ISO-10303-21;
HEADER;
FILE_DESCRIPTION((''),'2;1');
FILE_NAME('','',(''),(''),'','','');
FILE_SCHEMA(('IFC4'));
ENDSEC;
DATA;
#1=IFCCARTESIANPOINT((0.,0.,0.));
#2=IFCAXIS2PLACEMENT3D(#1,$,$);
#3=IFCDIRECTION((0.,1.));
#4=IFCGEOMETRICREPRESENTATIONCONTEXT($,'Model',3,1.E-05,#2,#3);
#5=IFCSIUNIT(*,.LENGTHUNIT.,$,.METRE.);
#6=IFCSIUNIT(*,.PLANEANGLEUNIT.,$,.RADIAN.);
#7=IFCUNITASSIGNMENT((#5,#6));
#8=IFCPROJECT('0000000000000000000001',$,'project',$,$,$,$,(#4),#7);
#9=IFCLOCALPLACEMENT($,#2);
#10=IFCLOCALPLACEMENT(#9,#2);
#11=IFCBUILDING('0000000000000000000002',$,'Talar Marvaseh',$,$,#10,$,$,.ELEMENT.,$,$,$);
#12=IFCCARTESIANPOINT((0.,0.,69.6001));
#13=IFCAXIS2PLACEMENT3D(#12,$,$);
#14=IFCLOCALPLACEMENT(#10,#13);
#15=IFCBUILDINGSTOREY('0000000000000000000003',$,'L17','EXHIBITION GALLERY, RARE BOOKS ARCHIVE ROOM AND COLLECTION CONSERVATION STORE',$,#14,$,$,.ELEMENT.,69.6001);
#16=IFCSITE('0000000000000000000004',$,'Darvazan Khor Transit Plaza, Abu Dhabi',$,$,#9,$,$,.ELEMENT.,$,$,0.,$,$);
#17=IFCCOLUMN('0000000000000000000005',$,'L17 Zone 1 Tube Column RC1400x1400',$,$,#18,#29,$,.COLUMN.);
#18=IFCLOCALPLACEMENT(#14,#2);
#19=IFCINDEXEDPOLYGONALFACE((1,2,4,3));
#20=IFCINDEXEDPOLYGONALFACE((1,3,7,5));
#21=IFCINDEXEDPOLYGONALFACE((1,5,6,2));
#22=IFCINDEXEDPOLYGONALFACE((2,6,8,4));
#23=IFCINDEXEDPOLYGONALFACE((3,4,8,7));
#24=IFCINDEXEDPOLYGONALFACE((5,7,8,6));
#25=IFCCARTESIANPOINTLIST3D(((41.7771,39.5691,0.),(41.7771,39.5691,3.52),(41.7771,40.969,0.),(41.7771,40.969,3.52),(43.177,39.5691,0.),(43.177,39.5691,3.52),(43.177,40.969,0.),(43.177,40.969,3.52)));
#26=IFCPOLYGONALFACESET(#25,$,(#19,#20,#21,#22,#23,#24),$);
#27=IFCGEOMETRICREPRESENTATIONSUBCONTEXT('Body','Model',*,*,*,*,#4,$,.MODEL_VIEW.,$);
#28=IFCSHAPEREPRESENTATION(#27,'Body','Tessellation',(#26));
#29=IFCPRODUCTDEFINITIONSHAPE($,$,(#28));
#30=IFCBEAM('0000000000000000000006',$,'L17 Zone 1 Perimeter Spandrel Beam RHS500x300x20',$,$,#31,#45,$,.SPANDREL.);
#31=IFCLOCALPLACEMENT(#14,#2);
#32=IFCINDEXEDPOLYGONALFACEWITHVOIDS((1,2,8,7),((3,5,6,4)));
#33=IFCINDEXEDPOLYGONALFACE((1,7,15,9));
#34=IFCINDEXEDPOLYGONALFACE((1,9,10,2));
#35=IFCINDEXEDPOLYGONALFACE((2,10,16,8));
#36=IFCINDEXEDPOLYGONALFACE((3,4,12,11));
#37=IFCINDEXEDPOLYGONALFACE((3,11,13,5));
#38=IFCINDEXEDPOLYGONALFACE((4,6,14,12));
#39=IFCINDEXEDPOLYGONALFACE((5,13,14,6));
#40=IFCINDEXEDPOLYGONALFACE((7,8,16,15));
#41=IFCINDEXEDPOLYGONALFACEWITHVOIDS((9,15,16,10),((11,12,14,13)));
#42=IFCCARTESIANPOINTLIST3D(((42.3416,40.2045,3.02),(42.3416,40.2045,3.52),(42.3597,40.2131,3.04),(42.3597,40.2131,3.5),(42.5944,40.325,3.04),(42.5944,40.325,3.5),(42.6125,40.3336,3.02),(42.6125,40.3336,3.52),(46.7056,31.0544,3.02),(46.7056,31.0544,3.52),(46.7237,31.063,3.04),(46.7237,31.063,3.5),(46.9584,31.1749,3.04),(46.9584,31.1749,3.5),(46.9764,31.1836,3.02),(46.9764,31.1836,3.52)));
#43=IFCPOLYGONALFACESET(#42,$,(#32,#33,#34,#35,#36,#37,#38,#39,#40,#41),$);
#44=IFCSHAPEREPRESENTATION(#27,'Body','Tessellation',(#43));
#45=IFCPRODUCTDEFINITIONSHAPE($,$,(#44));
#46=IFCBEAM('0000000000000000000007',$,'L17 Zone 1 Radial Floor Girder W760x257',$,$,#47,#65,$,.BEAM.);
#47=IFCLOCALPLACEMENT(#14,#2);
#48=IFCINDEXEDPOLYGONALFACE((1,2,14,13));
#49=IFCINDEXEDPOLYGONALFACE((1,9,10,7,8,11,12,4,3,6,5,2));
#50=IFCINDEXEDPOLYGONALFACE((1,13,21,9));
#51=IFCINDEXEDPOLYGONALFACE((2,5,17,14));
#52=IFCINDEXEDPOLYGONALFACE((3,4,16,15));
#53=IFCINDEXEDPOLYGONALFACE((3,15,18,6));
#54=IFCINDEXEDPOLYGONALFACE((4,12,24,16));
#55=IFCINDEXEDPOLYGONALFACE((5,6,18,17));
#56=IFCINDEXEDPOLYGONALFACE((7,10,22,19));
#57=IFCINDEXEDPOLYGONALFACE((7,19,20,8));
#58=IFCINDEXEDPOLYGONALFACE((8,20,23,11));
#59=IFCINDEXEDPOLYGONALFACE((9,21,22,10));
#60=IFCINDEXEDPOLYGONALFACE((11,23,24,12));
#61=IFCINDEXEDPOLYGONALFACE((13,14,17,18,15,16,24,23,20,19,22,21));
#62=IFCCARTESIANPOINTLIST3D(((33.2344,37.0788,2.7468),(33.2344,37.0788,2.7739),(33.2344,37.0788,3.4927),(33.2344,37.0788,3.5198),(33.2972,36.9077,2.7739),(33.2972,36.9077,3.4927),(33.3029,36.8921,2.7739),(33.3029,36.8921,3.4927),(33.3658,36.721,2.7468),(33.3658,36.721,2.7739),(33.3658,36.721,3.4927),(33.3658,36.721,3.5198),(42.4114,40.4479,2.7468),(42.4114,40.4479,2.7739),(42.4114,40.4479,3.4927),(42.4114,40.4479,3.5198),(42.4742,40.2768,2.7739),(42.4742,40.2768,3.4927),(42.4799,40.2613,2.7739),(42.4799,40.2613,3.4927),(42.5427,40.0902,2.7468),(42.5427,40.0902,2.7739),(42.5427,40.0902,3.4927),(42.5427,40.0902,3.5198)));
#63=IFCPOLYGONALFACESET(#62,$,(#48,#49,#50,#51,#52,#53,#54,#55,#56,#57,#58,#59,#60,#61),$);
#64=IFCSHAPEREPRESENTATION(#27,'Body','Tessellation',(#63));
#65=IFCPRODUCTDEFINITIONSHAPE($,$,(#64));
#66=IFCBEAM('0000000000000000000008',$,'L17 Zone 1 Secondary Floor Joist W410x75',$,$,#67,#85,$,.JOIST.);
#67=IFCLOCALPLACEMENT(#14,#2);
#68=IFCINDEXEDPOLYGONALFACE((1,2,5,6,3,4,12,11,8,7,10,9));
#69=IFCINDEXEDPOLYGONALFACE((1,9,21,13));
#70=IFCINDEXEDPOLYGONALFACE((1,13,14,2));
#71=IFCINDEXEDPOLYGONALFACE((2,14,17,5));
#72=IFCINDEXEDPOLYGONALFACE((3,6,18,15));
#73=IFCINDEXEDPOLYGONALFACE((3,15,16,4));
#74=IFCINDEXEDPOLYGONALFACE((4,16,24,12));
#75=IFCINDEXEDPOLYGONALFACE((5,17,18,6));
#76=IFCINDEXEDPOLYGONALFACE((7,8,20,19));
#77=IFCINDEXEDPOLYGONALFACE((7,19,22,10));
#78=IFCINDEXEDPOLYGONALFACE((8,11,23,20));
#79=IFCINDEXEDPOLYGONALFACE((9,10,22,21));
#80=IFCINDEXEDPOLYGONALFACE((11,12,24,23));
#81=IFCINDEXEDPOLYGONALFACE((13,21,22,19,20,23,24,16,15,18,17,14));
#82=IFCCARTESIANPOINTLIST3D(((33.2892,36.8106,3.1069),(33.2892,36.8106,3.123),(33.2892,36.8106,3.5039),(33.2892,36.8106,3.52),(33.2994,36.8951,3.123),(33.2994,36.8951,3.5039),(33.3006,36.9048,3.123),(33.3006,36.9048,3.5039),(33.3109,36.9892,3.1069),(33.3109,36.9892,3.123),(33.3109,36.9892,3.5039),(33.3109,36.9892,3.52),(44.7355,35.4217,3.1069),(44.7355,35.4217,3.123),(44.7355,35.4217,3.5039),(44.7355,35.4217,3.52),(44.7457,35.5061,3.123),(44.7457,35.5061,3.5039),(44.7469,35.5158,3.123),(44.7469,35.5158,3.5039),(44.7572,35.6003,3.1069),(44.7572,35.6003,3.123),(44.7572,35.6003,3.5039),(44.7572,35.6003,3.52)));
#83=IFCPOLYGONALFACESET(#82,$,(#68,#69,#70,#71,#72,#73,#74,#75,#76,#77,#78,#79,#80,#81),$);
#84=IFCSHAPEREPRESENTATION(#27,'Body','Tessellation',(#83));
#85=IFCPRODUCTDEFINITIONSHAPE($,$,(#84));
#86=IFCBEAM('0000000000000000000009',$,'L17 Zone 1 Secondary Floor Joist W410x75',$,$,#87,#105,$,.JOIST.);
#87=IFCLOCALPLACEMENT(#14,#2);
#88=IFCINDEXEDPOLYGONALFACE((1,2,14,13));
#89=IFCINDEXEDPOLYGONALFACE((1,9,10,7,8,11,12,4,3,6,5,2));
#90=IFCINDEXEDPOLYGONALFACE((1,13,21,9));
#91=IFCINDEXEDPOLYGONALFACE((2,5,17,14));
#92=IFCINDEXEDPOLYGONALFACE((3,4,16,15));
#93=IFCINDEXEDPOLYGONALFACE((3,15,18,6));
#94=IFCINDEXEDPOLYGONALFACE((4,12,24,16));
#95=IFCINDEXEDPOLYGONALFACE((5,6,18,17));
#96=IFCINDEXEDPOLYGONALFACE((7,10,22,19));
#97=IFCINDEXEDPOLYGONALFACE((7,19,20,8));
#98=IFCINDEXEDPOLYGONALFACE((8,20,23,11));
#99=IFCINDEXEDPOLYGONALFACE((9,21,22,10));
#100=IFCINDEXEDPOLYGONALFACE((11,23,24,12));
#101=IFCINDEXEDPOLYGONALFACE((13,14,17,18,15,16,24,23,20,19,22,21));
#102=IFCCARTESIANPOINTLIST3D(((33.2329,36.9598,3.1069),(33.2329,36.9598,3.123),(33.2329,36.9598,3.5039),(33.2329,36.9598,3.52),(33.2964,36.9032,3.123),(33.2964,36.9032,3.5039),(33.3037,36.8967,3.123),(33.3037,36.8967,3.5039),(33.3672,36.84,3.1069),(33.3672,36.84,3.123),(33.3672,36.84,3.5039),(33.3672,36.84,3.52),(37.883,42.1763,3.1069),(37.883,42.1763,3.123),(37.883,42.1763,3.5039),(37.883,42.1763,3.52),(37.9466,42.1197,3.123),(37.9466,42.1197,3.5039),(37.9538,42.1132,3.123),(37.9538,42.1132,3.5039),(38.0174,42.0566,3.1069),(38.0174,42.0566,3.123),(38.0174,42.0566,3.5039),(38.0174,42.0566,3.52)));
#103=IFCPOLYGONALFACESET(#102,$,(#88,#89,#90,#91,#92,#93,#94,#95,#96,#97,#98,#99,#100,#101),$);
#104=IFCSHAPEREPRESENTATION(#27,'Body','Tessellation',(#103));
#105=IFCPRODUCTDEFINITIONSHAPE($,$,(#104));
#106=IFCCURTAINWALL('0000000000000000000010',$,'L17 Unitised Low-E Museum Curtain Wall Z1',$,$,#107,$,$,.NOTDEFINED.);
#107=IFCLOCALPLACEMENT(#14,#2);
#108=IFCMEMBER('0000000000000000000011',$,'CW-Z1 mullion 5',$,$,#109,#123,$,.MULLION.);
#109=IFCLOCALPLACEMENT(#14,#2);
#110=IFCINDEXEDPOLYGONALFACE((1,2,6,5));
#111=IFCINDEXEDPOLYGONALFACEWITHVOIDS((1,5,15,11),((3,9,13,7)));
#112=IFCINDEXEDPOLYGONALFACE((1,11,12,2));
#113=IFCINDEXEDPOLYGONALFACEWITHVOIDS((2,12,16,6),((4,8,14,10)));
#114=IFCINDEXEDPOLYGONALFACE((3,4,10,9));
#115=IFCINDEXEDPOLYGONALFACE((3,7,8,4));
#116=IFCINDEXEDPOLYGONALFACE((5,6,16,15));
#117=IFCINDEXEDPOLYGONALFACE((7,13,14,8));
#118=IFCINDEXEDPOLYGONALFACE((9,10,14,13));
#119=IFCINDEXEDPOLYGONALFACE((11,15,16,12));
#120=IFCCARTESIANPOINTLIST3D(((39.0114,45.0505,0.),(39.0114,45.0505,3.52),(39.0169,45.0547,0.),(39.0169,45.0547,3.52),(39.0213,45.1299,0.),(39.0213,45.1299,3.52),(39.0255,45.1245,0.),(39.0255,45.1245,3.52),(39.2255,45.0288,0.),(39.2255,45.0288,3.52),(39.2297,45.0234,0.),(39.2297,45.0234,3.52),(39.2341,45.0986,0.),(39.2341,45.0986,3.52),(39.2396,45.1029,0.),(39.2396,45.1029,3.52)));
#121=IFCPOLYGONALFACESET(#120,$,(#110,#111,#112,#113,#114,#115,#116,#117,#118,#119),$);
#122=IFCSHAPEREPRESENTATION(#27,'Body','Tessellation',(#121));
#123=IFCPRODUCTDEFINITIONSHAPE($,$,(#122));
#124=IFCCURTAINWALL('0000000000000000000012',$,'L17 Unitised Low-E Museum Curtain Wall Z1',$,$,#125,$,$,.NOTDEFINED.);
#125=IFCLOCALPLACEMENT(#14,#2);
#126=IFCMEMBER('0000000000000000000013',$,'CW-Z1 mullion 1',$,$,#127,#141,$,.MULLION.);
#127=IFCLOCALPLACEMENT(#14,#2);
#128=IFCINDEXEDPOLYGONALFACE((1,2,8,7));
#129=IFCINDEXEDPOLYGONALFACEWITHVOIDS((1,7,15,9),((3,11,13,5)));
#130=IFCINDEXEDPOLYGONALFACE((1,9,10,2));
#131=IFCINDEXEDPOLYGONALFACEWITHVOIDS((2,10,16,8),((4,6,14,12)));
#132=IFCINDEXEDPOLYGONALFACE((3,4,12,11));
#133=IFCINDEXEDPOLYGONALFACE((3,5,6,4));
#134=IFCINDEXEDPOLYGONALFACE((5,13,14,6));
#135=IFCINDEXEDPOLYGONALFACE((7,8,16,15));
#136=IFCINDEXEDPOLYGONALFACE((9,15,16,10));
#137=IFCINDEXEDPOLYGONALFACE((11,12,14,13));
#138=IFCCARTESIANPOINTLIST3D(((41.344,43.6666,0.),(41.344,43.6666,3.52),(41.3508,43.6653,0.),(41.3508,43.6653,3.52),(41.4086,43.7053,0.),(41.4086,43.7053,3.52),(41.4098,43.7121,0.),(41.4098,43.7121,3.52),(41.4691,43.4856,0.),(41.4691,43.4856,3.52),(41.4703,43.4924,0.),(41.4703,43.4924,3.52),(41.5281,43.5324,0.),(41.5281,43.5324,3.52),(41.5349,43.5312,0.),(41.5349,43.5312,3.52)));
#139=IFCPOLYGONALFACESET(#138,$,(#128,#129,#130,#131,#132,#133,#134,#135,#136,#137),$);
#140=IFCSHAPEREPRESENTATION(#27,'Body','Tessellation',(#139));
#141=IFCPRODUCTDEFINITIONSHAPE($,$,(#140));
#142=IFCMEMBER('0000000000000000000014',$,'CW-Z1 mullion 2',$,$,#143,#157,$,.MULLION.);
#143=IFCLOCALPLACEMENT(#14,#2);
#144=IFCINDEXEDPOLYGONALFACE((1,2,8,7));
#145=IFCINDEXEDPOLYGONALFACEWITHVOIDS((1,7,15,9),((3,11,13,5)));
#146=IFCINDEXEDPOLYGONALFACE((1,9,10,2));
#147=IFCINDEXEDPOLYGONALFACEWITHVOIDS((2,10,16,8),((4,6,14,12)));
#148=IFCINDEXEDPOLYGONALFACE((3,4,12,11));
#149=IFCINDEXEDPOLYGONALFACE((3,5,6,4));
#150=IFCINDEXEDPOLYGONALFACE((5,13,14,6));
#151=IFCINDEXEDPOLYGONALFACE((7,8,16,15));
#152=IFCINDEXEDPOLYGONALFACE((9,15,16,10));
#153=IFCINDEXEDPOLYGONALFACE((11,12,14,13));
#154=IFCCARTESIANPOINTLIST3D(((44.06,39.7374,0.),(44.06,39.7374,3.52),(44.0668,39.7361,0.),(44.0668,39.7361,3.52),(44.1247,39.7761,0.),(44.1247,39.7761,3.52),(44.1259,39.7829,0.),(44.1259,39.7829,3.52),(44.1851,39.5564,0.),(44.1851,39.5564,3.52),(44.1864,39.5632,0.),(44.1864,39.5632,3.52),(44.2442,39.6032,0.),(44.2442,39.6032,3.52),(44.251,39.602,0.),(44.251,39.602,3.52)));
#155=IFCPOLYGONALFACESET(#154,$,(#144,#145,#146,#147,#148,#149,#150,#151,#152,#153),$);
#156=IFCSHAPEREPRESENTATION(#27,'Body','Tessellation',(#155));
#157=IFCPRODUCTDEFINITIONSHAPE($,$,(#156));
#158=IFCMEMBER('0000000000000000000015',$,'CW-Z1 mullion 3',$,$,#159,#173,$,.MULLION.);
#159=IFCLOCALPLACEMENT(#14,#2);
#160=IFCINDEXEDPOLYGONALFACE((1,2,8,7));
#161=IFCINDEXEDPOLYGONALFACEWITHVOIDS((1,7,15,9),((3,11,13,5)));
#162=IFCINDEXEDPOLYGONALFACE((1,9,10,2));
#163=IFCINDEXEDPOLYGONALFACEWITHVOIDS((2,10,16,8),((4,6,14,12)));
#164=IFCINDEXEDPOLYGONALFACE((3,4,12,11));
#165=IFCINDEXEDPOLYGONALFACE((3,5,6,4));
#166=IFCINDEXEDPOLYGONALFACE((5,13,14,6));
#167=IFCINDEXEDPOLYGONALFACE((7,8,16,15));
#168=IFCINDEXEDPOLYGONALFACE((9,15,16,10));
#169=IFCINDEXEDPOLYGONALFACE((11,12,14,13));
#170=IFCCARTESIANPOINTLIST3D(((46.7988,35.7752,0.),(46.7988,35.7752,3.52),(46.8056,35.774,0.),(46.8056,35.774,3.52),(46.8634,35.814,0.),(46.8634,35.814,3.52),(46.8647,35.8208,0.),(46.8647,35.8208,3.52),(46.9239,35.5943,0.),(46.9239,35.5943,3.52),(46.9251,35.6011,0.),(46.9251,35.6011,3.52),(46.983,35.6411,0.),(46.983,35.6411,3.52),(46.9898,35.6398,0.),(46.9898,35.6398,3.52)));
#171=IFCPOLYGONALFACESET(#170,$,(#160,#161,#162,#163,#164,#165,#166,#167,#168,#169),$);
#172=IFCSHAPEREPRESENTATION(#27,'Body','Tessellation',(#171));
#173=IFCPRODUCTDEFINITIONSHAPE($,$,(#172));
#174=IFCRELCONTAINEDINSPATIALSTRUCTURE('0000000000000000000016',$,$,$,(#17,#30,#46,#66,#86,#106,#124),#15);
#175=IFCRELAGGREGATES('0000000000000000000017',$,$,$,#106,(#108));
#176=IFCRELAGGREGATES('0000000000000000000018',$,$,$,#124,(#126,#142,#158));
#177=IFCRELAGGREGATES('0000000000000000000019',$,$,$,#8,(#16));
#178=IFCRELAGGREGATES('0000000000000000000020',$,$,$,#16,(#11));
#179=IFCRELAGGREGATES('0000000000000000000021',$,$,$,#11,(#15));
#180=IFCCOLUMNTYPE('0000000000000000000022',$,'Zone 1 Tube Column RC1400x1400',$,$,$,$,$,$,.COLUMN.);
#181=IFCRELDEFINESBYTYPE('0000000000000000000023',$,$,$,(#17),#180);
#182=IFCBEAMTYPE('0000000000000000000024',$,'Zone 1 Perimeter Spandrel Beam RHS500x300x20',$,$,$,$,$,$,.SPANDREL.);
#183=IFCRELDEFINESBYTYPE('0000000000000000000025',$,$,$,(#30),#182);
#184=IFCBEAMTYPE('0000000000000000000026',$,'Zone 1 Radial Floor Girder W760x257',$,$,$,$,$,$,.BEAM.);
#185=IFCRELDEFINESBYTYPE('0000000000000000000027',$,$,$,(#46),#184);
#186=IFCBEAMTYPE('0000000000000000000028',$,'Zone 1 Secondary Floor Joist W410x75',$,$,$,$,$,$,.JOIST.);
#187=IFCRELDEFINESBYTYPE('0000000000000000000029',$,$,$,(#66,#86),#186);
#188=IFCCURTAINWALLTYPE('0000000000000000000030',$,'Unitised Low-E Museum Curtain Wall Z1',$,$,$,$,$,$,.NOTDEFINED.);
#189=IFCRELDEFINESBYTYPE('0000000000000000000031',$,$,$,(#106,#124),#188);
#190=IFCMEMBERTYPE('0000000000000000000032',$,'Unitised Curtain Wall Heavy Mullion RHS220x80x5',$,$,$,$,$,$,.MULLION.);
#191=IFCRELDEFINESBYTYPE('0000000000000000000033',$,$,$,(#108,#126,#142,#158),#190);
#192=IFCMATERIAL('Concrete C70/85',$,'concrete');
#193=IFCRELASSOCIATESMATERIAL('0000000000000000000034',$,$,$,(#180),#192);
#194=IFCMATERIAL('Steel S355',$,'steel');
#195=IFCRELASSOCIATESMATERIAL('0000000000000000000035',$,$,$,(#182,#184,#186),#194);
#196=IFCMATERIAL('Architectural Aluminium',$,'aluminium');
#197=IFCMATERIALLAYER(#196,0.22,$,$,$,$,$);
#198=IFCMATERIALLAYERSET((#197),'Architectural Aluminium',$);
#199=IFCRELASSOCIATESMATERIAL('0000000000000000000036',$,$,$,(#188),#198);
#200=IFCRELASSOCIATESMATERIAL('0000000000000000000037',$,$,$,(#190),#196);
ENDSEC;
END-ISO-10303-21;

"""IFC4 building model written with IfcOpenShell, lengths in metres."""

from ifc_helpers import new_model, si_unit, direction, frame, origin, origin_2d, place, context, subcontext, project, spatial, rectangle, hollow_rectangle, i_section, extrude, source, transform, mapped, material, layer, layer_set, material_profile, profile_set, type_object, type_shapes, element, aggregate, save


model = new_model("IFC4")

# Units and contexts
model_context = context("Model", 3, precision=1e-05, world=origin(), true_north=direction((0.0, 1.0)))
body_context = subcontext(model_context, "Body", "Model", "MODEL_VIEW")
ifc_project = project(units=[si_unit("LENGTHUNIT", "METRE"), si_unit("PLANEANGLEUNIT", "RADIAN")], contexts=[model_context])

# Site, building, storey
site_placement = place(None, origin())
site = spatial("IfcSite", under=ifc_project, at=site_placement, Name="Darvazan Khor Transit Plaza, Abu Dhabi", CompositionType="ELEMENT", RefElevation=0.0)
building_placement = place(site_placement, origin())
building = spatial("IfcBuilding", under=site, at=building_placement, Name="Talar Marvaseh", CompositionType="ELEMENT")
storey_placement = place(building_placement, frame((0.0, 0.0, 69.6001)))
storey = spatial("IfcBuildingStorey", under=building, at=storey_placement, Name="L17", Description="EXHIBITION GALLERY, RARE BOOKS ARCHIVE ROOM AND COLLECTION CONSERVATION STORE", CompositionType="ELEMENT", Elevation=69.6001)

# Column
ifc_material_1 = material(Name="Concrete C70/85", Category="concrete")
ifc_material_profile_1 = material_profile(ifc_material_1, rectangle(XDim=1.3999, YDim=1.3999, at=origin_2d()), Name="RC1400x1400")
ifc_profile_set_1 = profile_set([ifc_material_profile_1], Name="Concrete C70/85")
column_type = type_object("IfcColumnType", Name="Zone 1 Tube Column RC1400x1400", PredefinedType="COLUMN", material=ifc_profile_set_1)
column_placement = place(storey_placement, frame((42.4771, 40.269, 0.0), z_axis=(0.0, 0.0, 1.0), x_axis=(1.0, 0.0, 0.0)))
element("IfcColumn", 1, at=column_placement, inside=storey, type_object=column_type, Name="L17 Zone 1 Tube Column RC1400x1400", PredefinedType="COLUMN", context=body_context, shape_type="SweptSolid", body=[
    extrude(rectangle(XDim=1.3999, YDim=1.3999, at=origin_2d()), origin(), (0.0, 0.0, 1.0), 3.52),
])

# Beams
ifc_material_2 = material(Name="Steel S355", Category="steel")
ifc_material_profile_2 = material_profile(ifc_material_2, hollow_rectangle(XDim=0.3, YDim=0.5, WallThickness=0.02, at=origin_2d()), Name="RHS500x300x20")
ifc_profile_set_2 = profile_set([ifc_material_profile_2], Name="Steel S355")
beam_type_1 = type_object("IfcBeamType", Name="Zone 1 Perimeter Spandrel Beam RHS500x300x20", PredefinedType="SPANDREL", material=ifc_profile_set_2)
beam_1_placement = place(storey_placement, frame((42.4771, 40.269, 3.27), z_axis=(0.43048, -0.9026, 0.0), x_axis=(0.9026, 0.43048, 0.0)))
element("IfcBeam", 2, at=beam_1_placement, inside=storey, type_object=beam_type_1, Name="L17 Zone 1 Perimeter Spandrel Beam RHS500x300x20", PredefinedType="SPANDREL", context=body_context, shape_type="SweptSolid", body=[
    extrude(hollow_rectangle(XDim=0.3, YDim=0.5, WallThickness=0.02, at=origin_2d()), origin(), (0.0, 0.0, 1.0), 10.1375),
])
ifc_material_profile_3 = material_profile(ifc_material_2, i_section(OverallWidth=0.3811, OverallDepth=0.7729, WebThickness=0.0166, FlangeThickness=0.0271, at=origin_2d()), Name="W760x257")
ifc_profile_set_3 = profile_set([ifc_material_profile_3], Name="Steel S355")
beam_type_2 = type_object("IfcBeamType", Name="Zone 1 Radial Floor Girder W760x257", PredefinedType="BEAM", material=ifc_profile_set_3)
beam_2_placement = place(storey_placement, frame((42.4771, 40.269, 3.1333), z_axis=(-0.938736, -0.344637, 0.0), x_axis=(0.344637, -0.938736, 0.0)))
element("IfcBeam", 3, at=beam_2_placement, inside=storey, type_object=beam_type_2, Name="L17 Zone 1 Radial Floor Girder W760x257", PredefinedType="BEAM", context=body_context, shape_type="SweptSolid", body=[
    extrude(i_section(OverallWidth=0.3811, OverallDepth=0.7729, WebThickness=0.0166, FlangeThickness=0.0271, at=origin_2d()), origin(), (0.0, 0.0, 1.0), 9.7759),
])
ifc_material_profile_4 = material_profile(ifc_material_2, i_section(OverallWidth=0.1799, OverallDepth=0.4131, WebThickness=0.0098, FlangeThickness=0.0161, at=origin_2d()), Name="W410x75")
ifc_profile_set_4 = profile_set([ifc_material_profile_4], Name="Steel S355")
beam_type_3 = type_object("IfcBeamType", Name="Zone 1 Secondary Floor Joist W410x75", PredefinedType="JOIST", material=ifc_profile_set_4)
beam_3_placement = place(storey_placement, frame((44.7463, 35.511, 3.3135), z_axis=(-0.992718, 0.120458, 0.0), x_axis=(-0.120458, -0.992718, 0.0)))
element("IfcBeam", 4, at=beam_3_placement, inside=storey, type_object=beam_type_3, Name="L17 Zone 1 Secondary Floor Joist W410x75", PredefinedType="JOIST", context=body_context, shape_type="SweptSolid", body=[
    extrude(i_section(OverallWidth=0.1799, OverallDepth=0.4131, WebThickness=0.0098, FlangeThickness=0.0161, at=origin_2d()), origin(), (0.0, 0.0, 1.0), 11.5303),
])
beam_4_placement = place(storey_placement, frame((37.9502, 42.1165, 3.3135), z_axis=(-0.665419, -0.74647, 0.0), x_axis=(0.74647, -0.665419, 0.0)))
element("IfcBeam", 5, at=beam_4_placement, inside=storey, type_object=beam_type_3, Name="L17 Zone 1 Secondary Floor Joist W410x75", PredefinedType="JOIST", context=body_context, shape_type="SweptSolid", body=[
    extrude(i_section(OverallWidth=0.1799, OverallDepth=0.4131, WebThickness=0.0098, FlangeThickness=0.0161, at=origin_2d()), origin(), (0.0, 0.0, 1.0), 6.9883),
])

# Curtain wall, member
ifc_material_3 = material(Name="Architectural Aluminium", Category="aluminium")
ifc_layer_1 = layer(ifc_material_3, 0.22)
ifc_layer_set_1 = layer_set([ifc_layer_1], Name="Architectural Aluminium")
curtain_wall_type = type_object("IfcCurtainWallType", Name="Unitised Low-E Museum Curtain Wall Z1", PredefinedType="NOTDEFINED", material=ifc_layer_set_1)
curtain_wall_1_placement = place(storey_placement, origin())
curtain_wall_1 = element("IfcCurtainWall", 6, at=curtain_wall_1_placement, inside=storey, type_object=curtain_wall_type, Name="L17 Unitised Low-E Museum Curtain Wall Z1", PredefinedType="NOTDEFINED")
ifc_material_profile_5 = material_profile(ifc_material_3, hollow_rectangle(XDim=0.0801, YDim=0.22, WallThickness=0.0049, at=origin_2d()), Name="RHS220x80x5")
ifc_profile_set_5 = profile_set([ifc_material_profile_5], Name="Architectural Aluminium")
member_type_1 = type_object("IfcMemberType", Name="Unitised Curtain Wall Heavy Mullion RHS220x80x5", PredefinedType="MULLION", material=ifc_profile_set_5)
shared_shape_1 = source(origin(), body_context, "Body", "SweptSolid", [
    extrude(hollow_rectangle(XDim=0.0801, YDim=0.22, WallThickness=0.0049, at=origin_2d()), origin(), (0.0, 0.0, 1.0), 3.52),
])
type_shapes(member_type_1, [shared_shape_1])
member_1_placement = place(storey_placement, frame((39.1255, 45.0767, 0.0), z_axis=(0.0, 0.0, 1.0), x_axis=(0.123049, 0.992401, 0.0)))
member_1 = element("IfcMember", 7, at=member_1_placement, type_object=member_type_1, Name="CW-Z1 mullion 5", PredefinedType="MULLION", context=body_context, shape_type="MappedRepresentation", body=[
    mapped(shared_shape_1, transform((0.0, 0.0, 0.0), x_axis=(1.0, 0.0, 0.0), y_axis=(0.0, 1.0, 0.0), z_axis=(0.0, 0.0, 1.0), scale=1.0)),
])
aggregate(curtain_wall_1, [member_1])

# Curtain wall, members
curtain_wall_2_placement = place(storey_placement, origin())
curtain_wall_2 = element("IfcCurtainWall", 8, at=curtain_wall_2_placement, inside=storey, type_object=curtain_wall_type, Name="L17 Unitised Low-E Museum Curtain Wall Z1", PredefinedType="NOTDEFINED")
member_2_placement = place(storey_placement, frame((41.4395, 43.5989, 0.0), z_axis=(0.0, 0.0, 1.0), x_axis=(0.822603, 0.568617, 0.0)))
member_2 = element("IfcMember", 9, at=member_2_placement, type_object=member_type_1, Name="CW-Z1 mullion 1", PredefinedType="MULLION", context=body_context, shape_type="MappedRepresentation", body=[
    mapped(shared_shape_1, transform((0.0, 0.0, 0.0), x_axis=(1.0, 0.0, 0.0), y_axis=(0.0, 1.0, 0.0), z_axis=(0.0, 0.0, 1.0), scale=1.0)),
])
member_3_placement = place(storey_placement, frame((44.1555, 39.6697, 0.0), z_axis=(0.0, 0.0, 1.0), x_axis=(0.822603, 0.568617, 0.0)))
member_3 = element("IfcMember", 10, at=member_3_placement, type_object=member_type_1, Name="CW-Z1 mullion 2", PredefinedType="MULLION", context=body_context, shape_type="MappedRepresentation", body=[
    mapped(shared_shape_1, transform((0.0, 0.0, 0.0), x_axis=(1.0, 0.0, 0.0), y_axis=(0.0, 1.0, 0.0), z_axis=(0.0, 0.0, 1.0), scale=1.0)),
])
member_4_placement = place(storey_placement, frame((46.8943, 35.7075, 0.0), z_axis=(0.0, 0.0, 1.0), x_axis=(0.822603, 0.568617, 0.0)))
member_4 = element("IfcMember", 11, at=member_4_placement, type_object=member_type_1, Name="CW-Z1 mullion 3", PredefinedType="MULLION", context=body_context, shape_type="MappedRepresentation", body=[
    mapped(shared_shape_1, transform((0.0, 0.0, 0.0), x_axis=(1.0, 0.0, 0.0), y_axis=(0.0, 1.0, 0.0), z_axis=(0.0, 0.0, 1.0), scale=1.0)),
])
aggregate(curtain_wall_2, [member_2, member_3, member_4])

save(model, "model.ifc")
